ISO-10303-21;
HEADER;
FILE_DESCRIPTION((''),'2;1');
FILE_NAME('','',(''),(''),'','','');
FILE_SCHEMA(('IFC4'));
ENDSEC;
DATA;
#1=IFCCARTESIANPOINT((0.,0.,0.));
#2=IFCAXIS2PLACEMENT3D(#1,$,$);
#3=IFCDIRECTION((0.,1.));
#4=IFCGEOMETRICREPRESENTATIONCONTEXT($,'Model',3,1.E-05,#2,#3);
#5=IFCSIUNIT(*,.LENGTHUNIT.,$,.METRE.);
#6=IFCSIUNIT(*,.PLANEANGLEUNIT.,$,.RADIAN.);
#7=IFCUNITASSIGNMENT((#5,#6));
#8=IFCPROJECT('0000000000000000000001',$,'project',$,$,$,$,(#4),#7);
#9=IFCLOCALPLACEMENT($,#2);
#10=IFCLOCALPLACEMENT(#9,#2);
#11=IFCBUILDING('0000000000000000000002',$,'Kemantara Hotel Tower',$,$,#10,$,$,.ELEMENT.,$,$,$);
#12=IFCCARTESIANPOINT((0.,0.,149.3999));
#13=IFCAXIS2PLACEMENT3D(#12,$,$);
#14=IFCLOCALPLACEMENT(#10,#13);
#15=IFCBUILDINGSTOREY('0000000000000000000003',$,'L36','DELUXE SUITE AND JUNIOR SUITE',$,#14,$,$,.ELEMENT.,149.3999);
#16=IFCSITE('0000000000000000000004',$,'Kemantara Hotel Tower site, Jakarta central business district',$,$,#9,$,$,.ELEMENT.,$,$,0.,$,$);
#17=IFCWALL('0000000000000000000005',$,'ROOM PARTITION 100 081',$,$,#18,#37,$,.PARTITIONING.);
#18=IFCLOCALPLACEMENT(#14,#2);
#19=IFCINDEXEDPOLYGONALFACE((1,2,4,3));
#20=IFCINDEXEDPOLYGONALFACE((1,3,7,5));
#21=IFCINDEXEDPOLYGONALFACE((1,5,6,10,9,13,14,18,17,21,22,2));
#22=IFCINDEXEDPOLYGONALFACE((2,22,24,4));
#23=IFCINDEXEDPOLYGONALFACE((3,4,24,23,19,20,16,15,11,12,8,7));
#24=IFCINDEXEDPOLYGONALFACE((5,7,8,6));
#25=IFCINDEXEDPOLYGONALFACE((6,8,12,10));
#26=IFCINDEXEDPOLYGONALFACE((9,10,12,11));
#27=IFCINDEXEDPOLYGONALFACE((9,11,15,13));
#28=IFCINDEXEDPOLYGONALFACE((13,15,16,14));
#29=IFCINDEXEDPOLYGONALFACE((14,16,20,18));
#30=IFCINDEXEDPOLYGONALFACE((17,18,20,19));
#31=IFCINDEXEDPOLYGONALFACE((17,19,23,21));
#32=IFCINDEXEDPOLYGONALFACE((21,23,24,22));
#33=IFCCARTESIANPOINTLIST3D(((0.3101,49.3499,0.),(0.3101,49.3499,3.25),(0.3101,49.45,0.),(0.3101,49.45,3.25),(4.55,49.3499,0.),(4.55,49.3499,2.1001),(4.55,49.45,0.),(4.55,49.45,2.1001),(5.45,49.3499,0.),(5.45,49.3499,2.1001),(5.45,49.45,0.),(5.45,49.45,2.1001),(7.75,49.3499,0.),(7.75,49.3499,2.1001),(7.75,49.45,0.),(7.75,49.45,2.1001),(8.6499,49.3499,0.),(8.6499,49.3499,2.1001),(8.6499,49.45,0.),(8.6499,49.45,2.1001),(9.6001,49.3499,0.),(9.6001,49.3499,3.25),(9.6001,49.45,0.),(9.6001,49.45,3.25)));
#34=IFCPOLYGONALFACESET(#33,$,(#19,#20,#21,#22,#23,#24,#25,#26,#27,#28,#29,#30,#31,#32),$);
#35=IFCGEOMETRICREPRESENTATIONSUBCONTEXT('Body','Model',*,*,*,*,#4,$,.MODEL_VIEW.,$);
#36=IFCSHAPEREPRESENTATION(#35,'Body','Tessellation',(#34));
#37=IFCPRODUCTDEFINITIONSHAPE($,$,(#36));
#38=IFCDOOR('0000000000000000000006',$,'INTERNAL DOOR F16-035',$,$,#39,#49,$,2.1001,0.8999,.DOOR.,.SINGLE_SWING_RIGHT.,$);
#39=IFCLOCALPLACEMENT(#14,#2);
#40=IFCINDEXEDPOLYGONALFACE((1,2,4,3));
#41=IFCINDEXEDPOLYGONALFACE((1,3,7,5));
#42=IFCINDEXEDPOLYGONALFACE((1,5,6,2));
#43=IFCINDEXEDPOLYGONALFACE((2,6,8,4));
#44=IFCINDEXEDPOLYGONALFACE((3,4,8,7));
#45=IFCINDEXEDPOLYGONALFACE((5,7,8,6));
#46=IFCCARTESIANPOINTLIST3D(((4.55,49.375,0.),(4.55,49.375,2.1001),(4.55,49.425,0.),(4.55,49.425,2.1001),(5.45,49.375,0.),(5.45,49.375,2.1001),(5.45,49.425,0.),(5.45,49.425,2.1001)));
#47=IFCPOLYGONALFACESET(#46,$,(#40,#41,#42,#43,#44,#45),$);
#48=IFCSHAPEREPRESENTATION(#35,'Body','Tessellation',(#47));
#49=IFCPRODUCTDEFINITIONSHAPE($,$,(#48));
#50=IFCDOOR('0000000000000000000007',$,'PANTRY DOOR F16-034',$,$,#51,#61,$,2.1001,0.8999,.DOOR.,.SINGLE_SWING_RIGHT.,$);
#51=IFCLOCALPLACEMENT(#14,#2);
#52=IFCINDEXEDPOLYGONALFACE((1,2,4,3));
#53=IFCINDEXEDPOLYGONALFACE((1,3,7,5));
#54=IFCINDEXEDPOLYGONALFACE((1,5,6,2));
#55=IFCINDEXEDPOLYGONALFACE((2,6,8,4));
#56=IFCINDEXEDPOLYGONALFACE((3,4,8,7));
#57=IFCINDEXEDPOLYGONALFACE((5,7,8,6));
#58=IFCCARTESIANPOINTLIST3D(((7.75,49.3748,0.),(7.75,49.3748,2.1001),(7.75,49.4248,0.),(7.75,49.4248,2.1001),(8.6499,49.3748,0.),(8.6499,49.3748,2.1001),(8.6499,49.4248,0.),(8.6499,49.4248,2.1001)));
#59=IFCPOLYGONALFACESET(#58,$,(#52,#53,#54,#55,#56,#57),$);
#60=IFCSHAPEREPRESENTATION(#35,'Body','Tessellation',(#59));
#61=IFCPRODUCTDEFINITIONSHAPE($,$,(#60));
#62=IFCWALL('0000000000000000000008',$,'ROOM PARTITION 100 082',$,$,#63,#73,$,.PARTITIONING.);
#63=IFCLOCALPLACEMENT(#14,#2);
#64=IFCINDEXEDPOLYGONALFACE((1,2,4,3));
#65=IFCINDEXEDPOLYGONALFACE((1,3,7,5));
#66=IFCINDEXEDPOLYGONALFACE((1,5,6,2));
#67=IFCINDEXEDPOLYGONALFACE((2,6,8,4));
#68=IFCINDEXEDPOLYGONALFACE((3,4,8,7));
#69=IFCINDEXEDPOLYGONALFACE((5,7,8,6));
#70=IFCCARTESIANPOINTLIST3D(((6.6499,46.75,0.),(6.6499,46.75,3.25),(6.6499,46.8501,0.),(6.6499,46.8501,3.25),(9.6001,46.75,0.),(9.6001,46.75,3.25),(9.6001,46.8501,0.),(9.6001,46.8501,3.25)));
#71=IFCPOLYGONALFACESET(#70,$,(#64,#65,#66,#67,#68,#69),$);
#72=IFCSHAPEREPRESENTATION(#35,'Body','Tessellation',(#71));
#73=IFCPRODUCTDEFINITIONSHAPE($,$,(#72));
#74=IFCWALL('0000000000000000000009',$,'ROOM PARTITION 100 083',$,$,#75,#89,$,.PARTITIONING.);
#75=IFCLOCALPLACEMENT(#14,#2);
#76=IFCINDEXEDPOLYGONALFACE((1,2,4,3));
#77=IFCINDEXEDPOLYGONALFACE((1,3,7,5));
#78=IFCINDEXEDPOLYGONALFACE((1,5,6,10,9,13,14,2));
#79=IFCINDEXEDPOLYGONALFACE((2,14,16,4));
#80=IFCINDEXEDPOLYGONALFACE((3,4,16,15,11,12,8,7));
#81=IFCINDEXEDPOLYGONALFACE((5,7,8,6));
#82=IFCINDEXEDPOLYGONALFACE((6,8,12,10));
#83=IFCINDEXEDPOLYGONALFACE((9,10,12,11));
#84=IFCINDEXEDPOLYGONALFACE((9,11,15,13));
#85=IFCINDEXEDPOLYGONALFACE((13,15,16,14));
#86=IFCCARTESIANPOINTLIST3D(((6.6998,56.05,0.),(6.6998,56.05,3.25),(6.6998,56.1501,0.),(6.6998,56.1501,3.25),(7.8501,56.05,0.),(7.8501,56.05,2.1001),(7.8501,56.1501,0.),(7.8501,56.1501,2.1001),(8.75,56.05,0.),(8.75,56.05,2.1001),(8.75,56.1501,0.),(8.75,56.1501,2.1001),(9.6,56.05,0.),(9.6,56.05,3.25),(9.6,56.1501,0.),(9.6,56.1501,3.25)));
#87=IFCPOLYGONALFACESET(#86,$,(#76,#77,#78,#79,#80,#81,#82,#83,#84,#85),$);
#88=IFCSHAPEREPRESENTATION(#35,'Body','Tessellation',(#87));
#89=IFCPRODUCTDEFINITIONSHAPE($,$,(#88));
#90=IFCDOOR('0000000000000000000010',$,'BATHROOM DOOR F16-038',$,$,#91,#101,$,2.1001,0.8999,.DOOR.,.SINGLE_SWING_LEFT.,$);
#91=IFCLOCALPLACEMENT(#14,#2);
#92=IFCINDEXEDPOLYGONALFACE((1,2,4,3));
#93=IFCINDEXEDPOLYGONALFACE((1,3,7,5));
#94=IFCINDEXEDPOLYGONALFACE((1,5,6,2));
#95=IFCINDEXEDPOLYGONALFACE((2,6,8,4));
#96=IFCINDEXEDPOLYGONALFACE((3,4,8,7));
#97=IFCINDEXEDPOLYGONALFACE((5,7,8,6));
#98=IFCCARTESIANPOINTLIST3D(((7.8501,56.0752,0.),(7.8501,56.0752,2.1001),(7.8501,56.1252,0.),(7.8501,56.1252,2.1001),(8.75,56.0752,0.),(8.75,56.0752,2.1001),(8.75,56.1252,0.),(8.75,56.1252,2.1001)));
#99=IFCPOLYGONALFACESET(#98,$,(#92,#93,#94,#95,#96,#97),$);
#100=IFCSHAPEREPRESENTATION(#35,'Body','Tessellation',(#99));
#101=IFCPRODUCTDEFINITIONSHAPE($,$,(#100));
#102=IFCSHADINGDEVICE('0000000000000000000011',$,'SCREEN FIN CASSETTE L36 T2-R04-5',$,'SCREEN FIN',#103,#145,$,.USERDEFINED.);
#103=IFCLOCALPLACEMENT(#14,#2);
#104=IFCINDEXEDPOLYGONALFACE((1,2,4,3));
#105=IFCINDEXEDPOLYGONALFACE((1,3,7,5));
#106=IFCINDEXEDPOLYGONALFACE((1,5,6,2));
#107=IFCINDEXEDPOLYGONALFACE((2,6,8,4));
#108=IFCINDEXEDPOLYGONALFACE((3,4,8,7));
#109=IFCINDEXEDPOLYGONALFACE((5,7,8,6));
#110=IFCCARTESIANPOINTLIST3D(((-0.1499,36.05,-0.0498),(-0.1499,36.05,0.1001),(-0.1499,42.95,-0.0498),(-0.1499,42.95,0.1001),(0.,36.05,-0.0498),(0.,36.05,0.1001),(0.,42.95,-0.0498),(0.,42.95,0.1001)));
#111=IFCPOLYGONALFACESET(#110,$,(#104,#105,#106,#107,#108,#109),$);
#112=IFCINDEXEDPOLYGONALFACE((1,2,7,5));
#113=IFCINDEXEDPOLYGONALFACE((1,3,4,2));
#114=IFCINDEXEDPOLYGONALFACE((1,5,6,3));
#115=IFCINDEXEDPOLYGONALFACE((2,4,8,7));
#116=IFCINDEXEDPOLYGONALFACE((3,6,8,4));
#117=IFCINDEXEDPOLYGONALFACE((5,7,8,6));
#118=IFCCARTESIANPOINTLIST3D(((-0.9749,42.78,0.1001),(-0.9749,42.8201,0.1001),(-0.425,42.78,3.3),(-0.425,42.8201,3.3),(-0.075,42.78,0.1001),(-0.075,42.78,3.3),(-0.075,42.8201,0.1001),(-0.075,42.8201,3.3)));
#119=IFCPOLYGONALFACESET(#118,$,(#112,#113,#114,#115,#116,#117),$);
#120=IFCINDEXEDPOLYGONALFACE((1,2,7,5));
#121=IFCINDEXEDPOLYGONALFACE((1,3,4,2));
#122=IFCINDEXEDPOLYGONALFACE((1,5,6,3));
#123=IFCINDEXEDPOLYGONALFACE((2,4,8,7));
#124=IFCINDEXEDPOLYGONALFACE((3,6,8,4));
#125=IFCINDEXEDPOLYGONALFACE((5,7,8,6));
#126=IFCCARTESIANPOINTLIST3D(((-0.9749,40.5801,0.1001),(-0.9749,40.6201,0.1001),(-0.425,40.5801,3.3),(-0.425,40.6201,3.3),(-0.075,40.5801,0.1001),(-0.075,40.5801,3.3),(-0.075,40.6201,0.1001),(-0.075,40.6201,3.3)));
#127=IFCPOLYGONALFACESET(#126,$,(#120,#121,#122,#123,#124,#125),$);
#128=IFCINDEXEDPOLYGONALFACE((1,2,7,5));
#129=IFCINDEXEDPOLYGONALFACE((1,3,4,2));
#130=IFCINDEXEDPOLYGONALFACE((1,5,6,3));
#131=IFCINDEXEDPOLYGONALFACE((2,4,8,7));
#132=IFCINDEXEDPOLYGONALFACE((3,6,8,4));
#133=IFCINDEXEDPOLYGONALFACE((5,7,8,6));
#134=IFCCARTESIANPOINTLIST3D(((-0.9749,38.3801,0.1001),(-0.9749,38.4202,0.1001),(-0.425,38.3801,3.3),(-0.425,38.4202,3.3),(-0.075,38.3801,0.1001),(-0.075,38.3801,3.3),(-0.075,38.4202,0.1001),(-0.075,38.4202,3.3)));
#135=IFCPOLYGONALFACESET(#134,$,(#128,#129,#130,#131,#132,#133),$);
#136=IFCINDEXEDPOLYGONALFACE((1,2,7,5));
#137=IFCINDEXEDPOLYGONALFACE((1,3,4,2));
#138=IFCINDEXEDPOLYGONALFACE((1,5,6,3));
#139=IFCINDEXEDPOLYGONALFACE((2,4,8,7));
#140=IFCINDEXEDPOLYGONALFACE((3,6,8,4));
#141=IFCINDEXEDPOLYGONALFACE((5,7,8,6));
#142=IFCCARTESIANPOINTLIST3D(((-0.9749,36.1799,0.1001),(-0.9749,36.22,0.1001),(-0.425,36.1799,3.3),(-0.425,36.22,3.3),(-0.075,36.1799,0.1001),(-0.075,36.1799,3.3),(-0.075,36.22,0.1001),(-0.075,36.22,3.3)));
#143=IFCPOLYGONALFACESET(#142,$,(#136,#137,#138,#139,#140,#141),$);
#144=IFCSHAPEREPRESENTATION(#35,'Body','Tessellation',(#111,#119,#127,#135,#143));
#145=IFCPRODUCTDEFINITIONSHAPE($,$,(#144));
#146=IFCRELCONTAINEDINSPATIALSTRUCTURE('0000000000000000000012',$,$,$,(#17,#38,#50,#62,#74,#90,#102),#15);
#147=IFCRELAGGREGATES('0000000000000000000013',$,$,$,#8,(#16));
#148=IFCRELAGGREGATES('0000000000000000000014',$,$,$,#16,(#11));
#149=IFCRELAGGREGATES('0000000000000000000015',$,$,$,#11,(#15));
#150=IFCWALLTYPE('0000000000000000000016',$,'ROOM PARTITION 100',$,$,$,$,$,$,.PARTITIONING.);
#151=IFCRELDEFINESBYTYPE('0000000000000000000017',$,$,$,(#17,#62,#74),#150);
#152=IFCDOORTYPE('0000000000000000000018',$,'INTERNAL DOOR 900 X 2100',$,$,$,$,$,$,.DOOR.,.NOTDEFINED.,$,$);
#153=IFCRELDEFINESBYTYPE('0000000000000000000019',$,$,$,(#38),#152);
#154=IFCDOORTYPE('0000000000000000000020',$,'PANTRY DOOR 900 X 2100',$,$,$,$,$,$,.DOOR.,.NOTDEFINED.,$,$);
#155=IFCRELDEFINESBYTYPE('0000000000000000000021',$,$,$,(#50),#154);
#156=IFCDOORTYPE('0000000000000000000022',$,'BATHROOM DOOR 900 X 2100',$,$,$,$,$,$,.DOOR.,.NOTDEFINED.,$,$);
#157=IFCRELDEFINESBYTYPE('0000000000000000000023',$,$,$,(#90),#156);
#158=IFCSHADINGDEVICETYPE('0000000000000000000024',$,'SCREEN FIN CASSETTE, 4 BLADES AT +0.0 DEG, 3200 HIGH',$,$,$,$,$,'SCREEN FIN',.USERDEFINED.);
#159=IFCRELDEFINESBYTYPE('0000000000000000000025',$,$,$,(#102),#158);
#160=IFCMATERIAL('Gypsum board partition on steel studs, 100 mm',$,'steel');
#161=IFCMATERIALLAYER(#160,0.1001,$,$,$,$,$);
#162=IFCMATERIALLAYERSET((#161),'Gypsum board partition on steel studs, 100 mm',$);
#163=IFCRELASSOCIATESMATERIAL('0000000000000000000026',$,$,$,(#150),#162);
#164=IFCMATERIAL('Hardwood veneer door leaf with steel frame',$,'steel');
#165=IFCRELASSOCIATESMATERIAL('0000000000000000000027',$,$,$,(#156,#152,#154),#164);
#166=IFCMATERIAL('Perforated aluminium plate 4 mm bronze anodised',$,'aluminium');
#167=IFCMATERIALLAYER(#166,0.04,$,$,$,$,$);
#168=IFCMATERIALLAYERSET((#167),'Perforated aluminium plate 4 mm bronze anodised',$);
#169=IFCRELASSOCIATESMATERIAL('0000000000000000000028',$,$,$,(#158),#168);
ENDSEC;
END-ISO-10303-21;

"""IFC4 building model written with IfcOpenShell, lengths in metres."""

from ifc_helpers import new_model, si_unit, direction, frame, frame_2d, origin, origin_2d, place, context, subcontext, project, spatial, polyline, rectangle, outline, extrude, source, transform, mapped, material, layer, layer_set, type_object, element, fill, save


model = new_model("IFC4")

# Units and contexts
model_context = context("Model", 3, precision=1e-05, world=origin(), true_north=direction((0.0, 1.0)))
body_context = subcontext(model_context, "Body", "Model", "MODEL_VIEW")
ifc_project = project(units=[si_unit("LENGTHUNIT", "METRE"), si_unit("PLANEANGLEUNIT", "RADIAN")], contexts=[model_context])

# Site, building, storey
site_placement = place(None, origin())
site = spatial("IfcSite", under=ifc_project, at=site_placement, Name="Kemantara Hotel Tower site, Jakarta central business district", CompositionType="ELEMENT", RefElevation=0.0)
building_placement = place(site_placement, origin())
building = spatial("IfcBuilding", under=site, at=building_placement, Name="Kemantara Hotel Tower", CompositionType="ELEMENT")
storey_placement = place(building_placement, frame((0.0, 0.0, 149.3999)))
storey = spatial("IfcBuildingStorey", under=building, at=storey_placement, Name="L36", Description="DELUXE SUITE AND JUNIOR SUITE", CompositionType="ELEMENT", Elevation=149.3999)

# Shared definitions
ifc_material_1 = material(Name="Hardwood veneer door leaf with steel frame", Category="steel")

# Shared definitions
ifc_material_2 = material(Name="Gypsum board partition on steel studs, 100 mm", Category="steel")
ifc_layer_1 = layer(ifc_material_2, 0.1001)
ifc_layer_set_1 = layer_set([ifc_layer_1], Name="Gypsum board partition on steel studs, 100 mm")
wall_type_1 = type_object("IfcWallType", Name="ROOM PARTITION 100", PredefinedType="PARTITIONING", material=ifc_layer_set_1)
door_type_1 = type_object("IfcDoorType", Name="BATHROOM DOOR 900 X 2100", OperationType="NOTDEFINED", PredefinedType="DOOR", material=ifc_material_1)

# Wall, openings, doors
wall_1_placement = place(storey_placement, frame((0.3101, 49.3999, 0.0), z_axis=(0.0, 0.0, 1.0), x_axis=(1.0, 0.0, 0.0)))
wall_1 = element("IfcWall", 1, at=wall_1_placement, inside=storey, type_object=wall_type_1, Name="ROOM PARTITION 100 081", PredefinedType="PARTITIONING", context=body_context, shape_type="SweptSolid", body=[
    extrude(rectangle(XDim=9.29, YDim=0.1001, at=frame_2d((4.645, 0.0))), origin(), (0.0, 0.0, 1.0), 3.25),
])
opening_1_placement = place(wall_1_placement, frame((7.4399, 0.0, 0.0)))
opening_1 = element("IfcOpeningElement", 2, at=opening_1_placement, cuts=wall_1, PredefinedType="OPENING", context=body_context, shape_type="SweptSolid", body=[
    extrude(rectangle(XDim=0.8999, YDim=2.1001, at=frame_2d((0.45, 1.05))), frame((0.0, 0.0601, 0.0), z_axis=(0.0, -1.0, 0.0), x_axis=(1.0, 0.0, 0.0)), (0.0, 0.0, 1.0), 0.1201),
])
opening_2_placement = place(wall_1_placement, frame((4.24, 0.0, 0.0)))
opening_2 = element("IfcOpeningElement", 3, at=opening_2_placement, cuts=wall_1, PredefinedType="OPENING", context=body_context, shape_type="SweptSolid", body=[
    extrude(rectangle(XDim=0.8999, YDim=2.1001, at=frame_2d((0.45, 1.05))), frame((0.0, 0.0601, 0.0), z_axis=(0.0, -1.0, 0.0), x_axis=(1.0, 0.0, 0.0)), (0.0, 0.0, 1.0), 0.1201),
])
door_type_2 = type_object("IfcDoorType", Name="INTERNAL DOOR 900 X 2100", OperationType="NOTDEFINED", PredefinedType="DOOR", material=ifc_material_1)
door_1_placement = place(opening_2_placement, frame((0.8999, 0.0, 0.0), z_axis=(0.0, 0.0, 1.0), x_axis=(-1.0, 0.0, 0.0)))
door_1 = element("IfcDoor", 4, at=door_1_placement, inside=storey, type_object=door_type_2, Name="INTERNAL DOOR F16-035", OperationType="SINGLE_SWING_RIGHT", OverallHeight=2.1001, OverallWidth=0.8999, PredefinedType="DOOR", context=body_context, shape_type="SweptSolid", body=[
    extrude(rectangle(XDim=0.8999, YDim=2.1001, at=frame_2d((0.45, 1.05))), frame((0.0, 0.0249, 0.0), z_axis=(0.0, -1.0, 0.0), x_axis=(1.0, 0.0, 0.0)), (0.0, 0.0, 1.0), 0.05),
])
fill(opening_2, door_1)
door_type_3 = type_object("IfcDoorType", Name="PANTRY DOOR 900 X 2100", OperationType="NOTDEFINED", PredefinedType="DOOR", material=ifc_material_1)
door_2_placement = place(opening_1_placement, origin())
door_2 = element("IfcDoor", 5, at=door_2_placement, inside=storey, type_object=door_type_3, Name="PANTRY DOOR F16-034", OperationType="SINGLE_SWING_RIGHT", OverallHeight=2.1001, OverallWidth=0.8999, PredefinedType="DOOR", context=body_context, shape_type="SweptSolid", body=[
    extrude(rectangle(XDim=0.8999, YDim=2.1001, at=frame_2d((0.45, 1.05))), frame((0.0, 0.0249, 0.0), z_axis=(0.0, -1.0, 0.0), x_axis=(1.0, 0.0, 0.0)), (0.0, 0.0, 1.0), 0.05),
])
fill(opening_1, door_2)

# Wall
wall_2_placement = place(storey_placement, frame((6.6499, 46.8, 0.0), z_axis=(0.0, 0.0, 1.0), x_axis=(1.0, 0.0, 0.0)))
element("IfcWall", 6, at=wall_2_placement, inside=storey, type_object=wall_type_1, Name="ROOM PARTITION 100 082", PredefinedType="PARTITIONING", context=body_context, shape_type="SweptSolid", body=[
    extrude(rectangle(XDim=2.9502, YDim=0.1001, at=frame_2d((1.4751, 0.0))), origin(), (0.0, 0.0, 1.0), 3.25),
])

# Wall, opening, door
wall_3_placement = place(storey_placement, frame((9.6001, 56.1001, 0.0), z_axis=(0.0, 0.0, 1.0), x_axis=(-1.0, 0.0, 0.0)))
wall_3 = element("IfcWall", 7, at=wall_3_placement, inside=storey, type_object=wall_type_1, Name="ROOM PARTITION 100 083", PredefinedType="PARTITIONING", context=body_context, shape_type="SweptSolid", body=[
    extrude(rectangle(XDim=2.9001, YDim=0.1001, at=frame_2d((1.4502, 0.0))), origin(), (0.0, 0.0, 1.0), 3.25),
])
opening_3_placement = place(wall_3_placement, frame((0.8501, 0.0, 0.0)))
opening_3 = element("IfcOpeningElement", 8, at=opening_3_placement, cuts=wall_3, PredefinedType="OPENING", context=body_context, shape_type="SweptSolid", body=[
    extrude(rectangle(XDim=0.8999, YDim=2.1001, at=frame_2d((0.45, 1.05))), frame((0.0, 0.0601, 0.0), z_axis=(0.0, -1.0, 0.0), x_axis=(1.0, 0.0, 0.0)), (0.0, 0.0, 1.0), 0.1201),
])
door_3_placement = place(opening_3_placement, origin())
door_3 = element("IfcDoor", 9, at=door_3_placement, inside=storey, type_object=door_type_1, Name="BATHROOM DOOR F16-038", OperationType="SINGLE_SWING_LEFT", OverallHeight=2.1001, OverallWidth=0.8999, PredefinedType="DOOR", context=body_context, shape_type="SweptSolid", body=[
    extrude(rectangle(XDim=0.8999, YDim=2.1001, at=frame_2d((0.45, 1.05))), frame((0.0, 0.0249, 0.0), z_axis=(0.0, -1.0, 0.0), x_axis=(1.0, 0.0, 0.0)), (0.0, 0.0, 1.0), 0.05),
])
fill(opening_3, door_3)

# Shading device
ifc_material_3 = material(Name="Perforated aluminium plate 4 mm bronze anodised", Category="aluminium")
ifc_layer_2 = layer(ifc_material_3, 0.04)
ifc_layer_set_2 = layer_set([ifc_layer_2], Name="Perforated aluminium plate 4 mm bronze anodised")
shading_device_type_1 = type_object("IfcShadingDeviceType", Name="SCREEN FIN CASSETTE, 4 BLADES AT +0.0 DEG, 3200 HIGH", ElementType="SCREEN FIN", PredefinedType="USERDEFINED", material=ifc_layer_set_2)
shared_shape_1 = source(origin(), body_context, "Body", "SweptSolid", [
    extrude(rectangle(XDim=6.8999, YDim=0.1499, at=origin_2d()), frame((3.3, -0.075, -0.1499), z_axis=(0.0, 0.0, 1.0), x_axis=(1.0, 0.0, 0.0)), (0.0, 0.0, 1.0), 0.1499),
    extrude(outline(polyline([(0.0, 0.0), (0.8999, 0.0), (0.3501, 3.2), (0.0, 3.2), (0.0, 0.0)])), frame((0.02, -0.075, 0.0), z_axis=(-1.0, 0.0, 0.0), x_axis=(0.0, -1.0, 0.0)), (0.0, 0.0, 1.0), 0.04),
    extrude(outline(polyline([(0.0, 0.0), (0.8999, 0.0), (0.3501, 3.2), (0.0, 3.2), (0.0, 0.0)])), frame((2.22, -0.075, 0.0), z_axis=(-1.0, 0.0, 0.0), x_axis=(0.0, -1.0, 0.0)), (0.0, 0.0, 1.0), 0.04),
    extrude(outline(polyline([(0.0, 0.0), (0.8999, 0.0), (0.3501, 3.2), (0.0, 3.2), (0.0, 0.0)])), frame((4.4199, -0.075, 0.0), z_axis=(-1.0, 0.0, 0.0), x_axis=(0.0, -1.0, 0.0)), (0.0, 0.0, 1.0), 0.04),
    extrude(outline(polyline([(0.0, 0.0), (0.8999, 0.0), (0.3501, 3.2), (0.0, 3.2), (0.0, 0.0)])), frame((6.6201, -0.075, 0.0), z_axis=(-1.0, 0.0, 0.0), x_axis=(0.0, -1.0, 0.0)), (0.0, 0.0, 1.0), 0.04),
])
shading_device_1_placement = place(storey_placement, frame((0.0, 42.8, 0.1001), z_axis=(0.0, 0.0, 1.0), x_axis=(0.0, -1.0, 0.0)))
element("IfcShadingDevice", 10, at=shading_device_1_placement, inside=storey, type_object=shading_device_type_1, Name="SCREEN FIN CASSETTE L36 T2-R04-5", ObjectType="SCREEN FIN", PredefinedType="USERDEFINED", context=body_context, shape_type="MappedRepresentation", body=[
    mapped(shared_shape_1, transform((0.0, 0.0, 0.0))),
])

save(model, "model.ifc")
